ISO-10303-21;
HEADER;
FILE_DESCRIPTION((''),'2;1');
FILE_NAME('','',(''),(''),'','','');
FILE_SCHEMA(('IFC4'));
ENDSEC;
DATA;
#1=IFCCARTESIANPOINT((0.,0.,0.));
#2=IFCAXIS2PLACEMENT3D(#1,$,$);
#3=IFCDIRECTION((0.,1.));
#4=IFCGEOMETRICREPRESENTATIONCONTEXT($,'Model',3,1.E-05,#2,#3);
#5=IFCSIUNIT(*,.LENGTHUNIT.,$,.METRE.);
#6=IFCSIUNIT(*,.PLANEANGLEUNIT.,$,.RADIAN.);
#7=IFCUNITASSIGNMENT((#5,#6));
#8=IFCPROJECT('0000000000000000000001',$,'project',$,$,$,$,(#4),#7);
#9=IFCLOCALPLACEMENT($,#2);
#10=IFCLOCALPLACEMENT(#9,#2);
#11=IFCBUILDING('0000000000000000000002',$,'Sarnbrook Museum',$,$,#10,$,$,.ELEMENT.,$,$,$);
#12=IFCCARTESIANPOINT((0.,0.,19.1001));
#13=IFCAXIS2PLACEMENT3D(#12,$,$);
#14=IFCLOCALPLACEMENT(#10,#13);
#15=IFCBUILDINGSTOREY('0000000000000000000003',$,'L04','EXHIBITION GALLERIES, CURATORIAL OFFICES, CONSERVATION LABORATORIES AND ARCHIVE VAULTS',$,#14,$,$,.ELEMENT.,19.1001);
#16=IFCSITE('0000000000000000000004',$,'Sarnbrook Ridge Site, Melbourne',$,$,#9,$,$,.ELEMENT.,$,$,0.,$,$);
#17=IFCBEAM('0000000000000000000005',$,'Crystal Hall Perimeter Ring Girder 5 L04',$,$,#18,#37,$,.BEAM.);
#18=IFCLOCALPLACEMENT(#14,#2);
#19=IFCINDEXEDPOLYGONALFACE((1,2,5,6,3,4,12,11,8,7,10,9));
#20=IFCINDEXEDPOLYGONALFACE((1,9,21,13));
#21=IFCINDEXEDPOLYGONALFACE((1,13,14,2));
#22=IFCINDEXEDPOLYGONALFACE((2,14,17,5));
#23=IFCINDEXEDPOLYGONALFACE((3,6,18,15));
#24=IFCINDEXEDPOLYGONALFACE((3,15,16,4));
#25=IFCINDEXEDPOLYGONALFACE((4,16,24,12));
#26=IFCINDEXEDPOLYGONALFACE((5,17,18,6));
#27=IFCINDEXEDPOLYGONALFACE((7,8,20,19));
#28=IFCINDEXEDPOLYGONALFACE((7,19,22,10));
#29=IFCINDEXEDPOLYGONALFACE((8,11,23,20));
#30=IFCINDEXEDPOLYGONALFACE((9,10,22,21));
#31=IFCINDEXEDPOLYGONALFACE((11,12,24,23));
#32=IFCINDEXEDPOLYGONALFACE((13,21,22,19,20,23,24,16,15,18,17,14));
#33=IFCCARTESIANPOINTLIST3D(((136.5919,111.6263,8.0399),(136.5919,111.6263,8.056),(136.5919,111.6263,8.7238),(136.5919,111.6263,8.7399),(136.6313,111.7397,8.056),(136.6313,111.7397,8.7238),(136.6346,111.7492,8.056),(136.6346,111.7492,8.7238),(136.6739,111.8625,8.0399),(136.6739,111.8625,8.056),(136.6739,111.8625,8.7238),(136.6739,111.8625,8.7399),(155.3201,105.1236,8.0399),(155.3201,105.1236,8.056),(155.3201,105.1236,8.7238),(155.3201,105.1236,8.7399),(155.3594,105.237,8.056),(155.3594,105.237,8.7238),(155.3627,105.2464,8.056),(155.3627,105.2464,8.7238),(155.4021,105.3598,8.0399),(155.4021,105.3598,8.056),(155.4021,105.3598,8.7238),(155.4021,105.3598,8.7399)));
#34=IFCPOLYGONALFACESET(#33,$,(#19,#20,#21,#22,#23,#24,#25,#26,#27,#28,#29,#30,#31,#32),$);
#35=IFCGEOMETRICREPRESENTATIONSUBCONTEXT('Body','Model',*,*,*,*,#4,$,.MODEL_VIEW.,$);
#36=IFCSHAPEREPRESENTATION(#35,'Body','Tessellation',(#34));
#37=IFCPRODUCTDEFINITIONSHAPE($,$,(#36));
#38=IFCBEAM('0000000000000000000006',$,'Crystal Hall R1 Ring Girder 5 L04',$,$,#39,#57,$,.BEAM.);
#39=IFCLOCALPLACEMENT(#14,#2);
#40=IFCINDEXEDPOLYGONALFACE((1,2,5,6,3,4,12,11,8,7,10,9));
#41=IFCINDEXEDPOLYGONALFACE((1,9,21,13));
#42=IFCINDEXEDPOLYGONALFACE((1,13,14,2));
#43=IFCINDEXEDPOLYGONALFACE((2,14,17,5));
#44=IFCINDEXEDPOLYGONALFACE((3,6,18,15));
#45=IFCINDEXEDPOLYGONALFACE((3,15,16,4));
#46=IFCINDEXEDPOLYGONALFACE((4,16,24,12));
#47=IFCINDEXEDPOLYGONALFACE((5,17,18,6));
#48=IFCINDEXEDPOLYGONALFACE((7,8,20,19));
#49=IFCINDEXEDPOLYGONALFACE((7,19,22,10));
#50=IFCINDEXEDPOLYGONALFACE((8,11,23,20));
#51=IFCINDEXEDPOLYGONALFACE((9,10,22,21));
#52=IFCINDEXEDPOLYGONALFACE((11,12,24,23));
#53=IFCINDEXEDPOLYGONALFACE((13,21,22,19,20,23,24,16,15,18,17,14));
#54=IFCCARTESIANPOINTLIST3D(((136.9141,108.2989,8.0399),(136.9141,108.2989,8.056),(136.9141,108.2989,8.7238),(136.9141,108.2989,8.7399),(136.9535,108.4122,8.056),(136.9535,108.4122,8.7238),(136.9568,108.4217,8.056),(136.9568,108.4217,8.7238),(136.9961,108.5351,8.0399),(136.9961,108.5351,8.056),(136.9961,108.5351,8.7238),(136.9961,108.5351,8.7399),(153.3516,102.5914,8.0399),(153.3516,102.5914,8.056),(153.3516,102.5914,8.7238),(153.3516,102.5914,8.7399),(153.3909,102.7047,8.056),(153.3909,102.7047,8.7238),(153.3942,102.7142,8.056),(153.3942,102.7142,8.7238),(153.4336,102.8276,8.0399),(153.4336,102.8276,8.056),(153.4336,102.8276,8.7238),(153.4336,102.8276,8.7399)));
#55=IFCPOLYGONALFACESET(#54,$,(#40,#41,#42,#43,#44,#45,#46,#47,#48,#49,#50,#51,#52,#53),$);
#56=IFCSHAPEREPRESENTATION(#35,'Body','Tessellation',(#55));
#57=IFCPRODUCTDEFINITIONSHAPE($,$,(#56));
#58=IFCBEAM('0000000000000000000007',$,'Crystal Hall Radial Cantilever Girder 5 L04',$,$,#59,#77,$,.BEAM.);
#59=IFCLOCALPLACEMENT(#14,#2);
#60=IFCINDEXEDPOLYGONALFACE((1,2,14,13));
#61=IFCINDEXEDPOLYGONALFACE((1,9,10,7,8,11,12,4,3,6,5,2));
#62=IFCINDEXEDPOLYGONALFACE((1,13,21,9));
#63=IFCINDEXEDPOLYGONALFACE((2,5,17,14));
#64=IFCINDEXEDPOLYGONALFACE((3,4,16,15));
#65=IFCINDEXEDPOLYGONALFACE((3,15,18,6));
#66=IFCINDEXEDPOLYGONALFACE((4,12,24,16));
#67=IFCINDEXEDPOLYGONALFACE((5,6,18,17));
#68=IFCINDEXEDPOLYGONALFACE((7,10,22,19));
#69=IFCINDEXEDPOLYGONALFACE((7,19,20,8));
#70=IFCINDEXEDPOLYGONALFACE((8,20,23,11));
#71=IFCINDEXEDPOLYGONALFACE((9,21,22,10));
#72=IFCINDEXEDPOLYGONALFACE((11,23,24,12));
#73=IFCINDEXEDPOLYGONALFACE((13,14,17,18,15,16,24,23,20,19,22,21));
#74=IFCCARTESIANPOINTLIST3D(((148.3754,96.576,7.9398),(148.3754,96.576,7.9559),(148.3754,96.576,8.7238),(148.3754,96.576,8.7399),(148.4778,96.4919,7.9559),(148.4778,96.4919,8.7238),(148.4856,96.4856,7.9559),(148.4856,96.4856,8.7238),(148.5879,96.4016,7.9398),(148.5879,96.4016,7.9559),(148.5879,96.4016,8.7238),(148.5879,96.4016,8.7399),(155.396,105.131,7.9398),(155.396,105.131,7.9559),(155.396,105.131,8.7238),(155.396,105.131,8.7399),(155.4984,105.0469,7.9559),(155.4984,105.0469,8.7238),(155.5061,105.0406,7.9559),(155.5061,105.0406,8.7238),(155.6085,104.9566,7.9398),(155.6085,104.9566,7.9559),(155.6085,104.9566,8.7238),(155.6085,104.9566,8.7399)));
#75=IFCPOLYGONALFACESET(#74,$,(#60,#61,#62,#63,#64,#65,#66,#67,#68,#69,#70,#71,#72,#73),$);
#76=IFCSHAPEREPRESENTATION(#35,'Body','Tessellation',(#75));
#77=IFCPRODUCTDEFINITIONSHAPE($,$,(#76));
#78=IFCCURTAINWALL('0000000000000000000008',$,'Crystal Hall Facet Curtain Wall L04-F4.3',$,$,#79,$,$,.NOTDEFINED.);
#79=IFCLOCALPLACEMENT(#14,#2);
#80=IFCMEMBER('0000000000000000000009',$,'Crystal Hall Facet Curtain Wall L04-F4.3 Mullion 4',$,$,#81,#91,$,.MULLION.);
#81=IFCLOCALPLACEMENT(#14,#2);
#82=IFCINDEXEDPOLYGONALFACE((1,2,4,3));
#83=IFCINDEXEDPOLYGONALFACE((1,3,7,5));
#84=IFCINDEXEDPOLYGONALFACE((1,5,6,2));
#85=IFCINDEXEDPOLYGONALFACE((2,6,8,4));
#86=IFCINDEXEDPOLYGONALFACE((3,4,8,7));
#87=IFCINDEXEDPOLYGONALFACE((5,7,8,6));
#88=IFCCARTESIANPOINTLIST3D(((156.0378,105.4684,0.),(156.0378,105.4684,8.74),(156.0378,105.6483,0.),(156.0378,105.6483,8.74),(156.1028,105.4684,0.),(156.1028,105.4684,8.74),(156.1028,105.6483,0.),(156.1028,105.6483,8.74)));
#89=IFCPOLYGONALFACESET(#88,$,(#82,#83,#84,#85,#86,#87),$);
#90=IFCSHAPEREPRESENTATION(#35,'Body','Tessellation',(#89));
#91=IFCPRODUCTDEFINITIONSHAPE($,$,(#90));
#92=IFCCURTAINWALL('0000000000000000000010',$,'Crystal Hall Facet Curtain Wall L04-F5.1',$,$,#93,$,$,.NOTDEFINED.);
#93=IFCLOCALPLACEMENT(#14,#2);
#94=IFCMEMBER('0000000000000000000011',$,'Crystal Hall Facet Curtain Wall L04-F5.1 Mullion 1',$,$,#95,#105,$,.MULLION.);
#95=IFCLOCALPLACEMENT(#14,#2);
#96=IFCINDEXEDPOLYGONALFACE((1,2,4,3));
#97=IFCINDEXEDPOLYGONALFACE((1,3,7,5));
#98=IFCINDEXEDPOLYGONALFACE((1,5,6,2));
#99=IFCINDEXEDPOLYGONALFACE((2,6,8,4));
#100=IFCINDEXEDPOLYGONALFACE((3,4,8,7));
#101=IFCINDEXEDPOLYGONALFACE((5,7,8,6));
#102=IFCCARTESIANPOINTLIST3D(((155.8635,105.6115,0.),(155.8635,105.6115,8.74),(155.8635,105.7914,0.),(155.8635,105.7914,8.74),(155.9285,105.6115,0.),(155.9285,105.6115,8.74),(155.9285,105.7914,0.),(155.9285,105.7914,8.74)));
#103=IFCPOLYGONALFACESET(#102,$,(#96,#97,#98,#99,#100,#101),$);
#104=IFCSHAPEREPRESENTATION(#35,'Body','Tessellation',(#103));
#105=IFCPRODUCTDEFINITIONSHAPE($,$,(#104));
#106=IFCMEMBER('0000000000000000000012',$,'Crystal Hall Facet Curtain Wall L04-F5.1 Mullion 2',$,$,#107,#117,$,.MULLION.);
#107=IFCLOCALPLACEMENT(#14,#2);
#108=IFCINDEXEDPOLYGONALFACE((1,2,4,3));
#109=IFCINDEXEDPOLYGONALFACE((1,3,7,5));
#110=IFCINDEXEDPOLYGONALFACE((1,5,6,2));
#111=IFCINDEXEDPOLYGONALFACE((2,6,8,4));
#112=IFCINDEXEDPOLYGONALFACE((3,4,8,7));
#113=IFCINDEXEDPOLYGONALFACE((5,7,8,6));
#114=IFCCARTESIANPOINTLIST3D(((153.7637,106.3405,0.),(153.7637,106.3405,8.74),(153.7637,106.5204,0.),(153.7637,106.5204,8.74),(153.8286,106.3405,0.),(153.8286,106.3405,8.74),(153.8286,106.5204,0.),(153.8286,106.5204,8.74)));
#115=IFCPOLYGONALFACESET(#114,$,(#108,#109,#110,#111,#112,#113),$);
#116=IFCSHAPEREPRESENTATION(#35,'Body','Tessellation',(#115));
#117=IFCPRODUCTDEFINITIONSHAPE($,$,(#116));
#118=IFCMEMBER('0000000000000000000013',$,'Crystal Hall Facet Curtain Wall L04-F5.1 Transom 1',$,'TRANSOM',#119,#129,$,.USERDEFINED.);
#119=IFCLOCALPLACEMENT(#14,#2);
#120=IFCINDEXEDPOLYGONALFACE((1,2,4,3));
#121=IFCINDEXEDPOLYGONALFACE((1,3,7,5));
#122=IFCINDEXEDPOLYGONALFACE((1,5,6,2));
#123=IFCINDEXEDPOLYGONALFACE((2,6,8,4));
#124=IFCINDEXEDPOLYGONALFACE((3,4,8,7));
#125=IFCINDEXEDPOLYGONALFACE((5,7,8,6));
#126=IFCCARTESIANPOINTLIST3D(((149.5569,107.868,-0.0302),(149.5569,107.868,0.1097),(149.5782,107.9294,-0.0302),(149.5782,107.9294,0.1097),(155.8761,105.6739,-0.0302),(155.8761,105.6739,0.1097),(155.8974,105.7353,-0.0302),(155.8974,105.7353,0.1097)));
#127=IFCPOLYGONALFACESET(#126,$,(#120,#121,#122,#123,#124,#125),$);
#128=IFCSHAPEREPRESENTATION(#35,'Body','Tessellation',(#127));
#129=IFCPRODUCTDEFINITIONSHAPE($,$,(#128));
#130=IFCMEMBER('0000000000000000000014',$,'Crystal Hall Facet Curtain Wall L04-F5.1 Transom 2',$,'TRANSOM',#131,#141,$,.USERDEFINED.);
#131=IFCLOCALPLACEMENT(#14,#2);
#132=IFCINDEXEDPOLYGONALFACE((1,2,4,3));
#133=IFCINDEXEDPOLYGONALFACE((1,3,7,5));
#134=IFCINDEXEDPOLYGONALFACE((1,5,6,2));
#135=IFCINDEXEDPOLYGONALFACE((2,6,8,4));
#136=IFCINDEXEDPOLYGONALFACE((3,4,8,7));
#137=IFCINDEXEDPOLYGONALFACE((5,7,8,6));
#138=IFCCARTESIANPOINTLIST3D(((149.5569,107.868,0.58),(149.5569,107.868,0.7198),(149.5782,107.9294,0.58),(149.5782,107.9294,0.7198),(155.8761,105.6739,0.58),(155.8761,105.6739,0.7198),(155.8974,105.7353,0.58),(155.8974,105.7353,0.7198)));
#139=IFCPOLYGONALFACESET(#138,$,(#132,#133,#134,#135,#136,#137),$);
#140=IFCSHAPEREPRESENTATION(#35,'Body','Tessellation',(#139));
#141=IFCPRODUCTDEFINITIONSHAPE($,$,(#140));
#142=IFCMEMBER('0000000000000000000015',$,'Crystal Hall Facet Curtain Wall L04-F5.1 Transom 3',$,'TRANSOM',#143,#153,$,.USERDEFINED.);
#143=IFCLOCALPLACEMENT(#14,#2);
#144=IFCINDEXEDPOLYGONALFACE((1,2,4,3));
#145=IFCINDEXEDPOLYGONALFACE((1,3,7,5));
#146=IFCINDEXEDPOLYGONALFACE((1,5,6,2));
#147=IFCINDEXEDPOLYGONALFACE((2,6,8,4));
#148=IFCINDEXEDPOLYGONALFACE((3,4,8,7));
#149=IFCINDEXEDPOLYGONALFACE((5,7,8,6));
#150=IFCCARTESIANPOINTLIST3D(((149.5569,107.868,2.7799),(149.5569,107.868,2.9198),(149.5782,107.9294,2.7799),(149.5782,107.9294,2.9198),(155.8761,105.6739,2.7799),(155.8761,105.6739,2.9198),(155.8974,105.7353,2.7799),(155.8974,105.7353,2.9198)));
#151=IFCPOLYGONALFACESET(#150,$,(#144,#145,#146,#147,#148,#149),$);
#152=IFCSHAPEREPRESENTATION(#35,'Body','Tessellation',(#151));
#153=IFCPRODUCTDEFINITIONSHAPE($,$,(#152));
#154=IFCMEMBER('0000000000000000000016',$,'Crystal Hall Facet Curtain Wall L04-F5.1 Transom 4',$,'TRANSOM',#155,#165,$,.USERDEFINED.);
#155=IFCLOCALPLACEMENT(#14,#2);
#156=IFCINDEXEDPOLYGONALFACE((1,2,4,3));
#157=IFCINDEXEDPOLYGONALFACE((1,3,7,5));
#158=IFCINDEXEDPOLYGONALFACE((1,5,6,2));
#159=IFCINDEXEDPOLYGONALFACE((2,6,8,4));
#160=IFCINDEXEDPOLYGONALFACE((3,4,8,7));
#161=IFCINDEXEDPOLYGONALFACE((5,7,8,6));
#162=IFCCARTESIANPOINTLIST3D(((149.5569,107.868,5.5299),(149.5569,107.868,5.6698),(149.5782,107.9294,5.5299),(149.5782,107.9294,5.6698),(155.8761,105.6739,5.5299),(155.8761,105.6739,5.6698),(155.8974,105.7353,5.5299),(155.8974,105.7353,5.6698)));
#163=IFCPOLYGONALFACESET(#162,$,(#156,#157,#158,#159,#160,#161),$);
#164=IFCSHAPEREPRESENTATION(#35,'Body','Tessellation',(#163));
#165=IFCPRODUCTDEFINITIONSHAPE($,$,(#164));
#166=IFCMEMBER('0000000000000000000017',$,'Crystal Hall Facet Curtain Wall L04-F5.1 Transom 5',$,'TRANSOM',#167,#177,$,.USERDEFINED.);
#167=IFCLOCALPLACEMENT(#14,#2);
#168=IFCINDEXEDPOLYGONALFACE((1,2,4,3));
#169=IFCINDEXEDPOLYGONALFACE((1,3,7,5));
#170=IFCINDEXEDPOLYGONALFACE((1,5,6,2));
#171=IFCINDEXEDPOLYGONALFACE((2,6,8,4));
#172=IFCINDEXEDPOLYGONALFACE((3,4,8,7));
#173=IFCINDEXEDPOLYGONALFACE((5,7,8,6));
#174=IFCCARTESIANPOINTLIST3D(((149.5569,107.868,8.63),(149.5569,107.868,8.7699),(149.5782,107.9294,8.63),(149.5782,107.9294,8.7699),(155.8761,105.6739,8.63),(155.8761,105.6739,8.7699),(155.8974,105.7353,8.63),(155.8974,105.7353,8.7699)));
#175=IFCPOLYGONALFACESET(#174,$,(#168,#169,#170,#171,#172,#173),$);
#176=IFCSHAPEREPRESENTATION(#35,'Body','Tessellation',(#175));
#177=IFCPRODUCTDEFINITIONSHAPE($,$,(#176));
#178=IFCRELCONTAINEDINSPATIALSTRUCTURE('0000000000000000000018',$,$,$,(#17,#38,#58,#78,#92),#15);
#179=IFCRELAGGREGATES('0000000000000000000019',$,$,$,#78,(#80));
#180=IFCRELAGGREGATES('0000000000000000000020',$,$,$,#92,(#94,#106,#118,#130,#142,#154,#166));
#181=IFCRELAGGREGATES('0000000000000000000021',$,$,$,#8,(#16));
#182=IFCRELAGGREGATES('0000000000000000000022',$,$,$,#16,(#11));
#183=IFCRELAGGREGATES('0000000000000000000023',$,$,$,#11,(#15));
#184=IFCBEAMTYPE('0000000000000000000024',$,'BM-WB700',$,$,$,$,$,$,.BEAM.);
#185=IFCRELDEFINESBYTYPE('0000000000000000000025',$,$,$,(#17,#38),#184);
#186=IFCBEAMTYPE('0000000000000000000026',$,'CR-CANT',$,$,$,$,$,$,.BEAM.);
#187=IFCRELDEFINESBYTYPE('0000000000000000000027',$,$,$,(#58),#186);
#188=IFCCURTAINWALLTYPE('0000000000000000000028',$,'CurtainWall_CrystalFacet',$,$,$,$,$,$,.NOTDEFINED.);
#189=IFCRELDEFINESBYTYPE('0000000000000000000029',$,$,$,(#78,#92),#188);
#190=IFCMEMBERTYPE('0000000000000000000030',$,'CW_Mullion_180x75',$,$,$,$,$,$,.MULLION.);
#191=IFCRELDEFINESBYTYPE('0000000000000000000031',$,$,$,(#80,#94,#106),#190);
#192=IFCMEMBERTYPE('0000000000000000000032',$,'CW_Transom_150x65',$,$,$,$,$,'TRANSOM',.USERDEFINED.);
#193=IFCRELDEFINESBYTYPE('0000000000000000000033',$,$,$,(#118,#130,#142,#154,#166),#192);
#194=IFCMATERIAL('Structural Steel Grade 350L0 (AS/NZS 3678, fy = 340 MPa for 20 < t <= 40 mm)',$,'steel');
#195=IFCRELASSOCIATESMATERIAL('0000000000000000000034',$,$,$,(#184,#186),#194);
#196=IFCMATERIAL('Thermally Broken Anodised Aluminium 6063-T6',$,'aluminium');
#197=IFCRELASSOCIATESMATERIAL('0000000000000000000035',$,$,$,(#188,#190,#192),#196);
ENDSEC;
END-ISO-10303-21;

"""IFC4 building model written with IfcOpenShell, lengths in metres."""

from ifc_helpers import new_model, si_unit, direction, frame, origin, origin_2d, place, context, subcontext, project, spatial, rectangle, i_section, extrude, material, material_profile, profile_set, type_object, element, aggregate, save


model = new_model("IFC4")

# Units and contexts
model_context = context("Model", 3, precision=1e-05, world=origin(), true_north=direction((0.0, 1.0)))
body_context = subcontext(model_context, "Body", "Model", "MODEL_VIEW")
ifc_project = project(units=[si_unit("LENGTHUNIT", "METRE"), si_unit("PLANEANGLEUNIT", "RADIAN")], contexts=[model_context])

# Site, building, storey
site_placement = place(None, origin())
site = spatial("IfcSite", under=ifc_project, at=site_placement, Name="Sarnbrook Ridge Site, Melbourne", CompositionType="ELEMENT", RefElevation=0.0)
building_placement = place(site_placement, origin())
building = spatial("IfcBuilding", under=site, at=building_placement, Name="Sarnbrook Museum", CompositionType="ELEMENT")
storey_placement = place(building_placement, frame((0.0, 0.0, 19.1001)))
storey = spatial("IfcBuildingStorey", under=building, at=storey_placement, Name="L04", Description="EXHIBITION GALLERIES, CURATORIAL OFFICES, CONSERVATION LABORATORIES AND ARCHIVE VAULTS", CompositionType="ELEMENT", Elevation=19.1001)

# Shared definitions
ifc_material_1 = material(Name="Structural Steel Grade 350L0 (AS/NZS 3678, fy = 340 MPa for 20 < t <= 40 mm)", Category="steel")

# Beams
ifc_material_profile_1 = material_profile(ifc_material_1, i_section(OverallWidth=0.25, OverallDepth=0.7, WebThickness=0.01, FlangeThickness=0.0161, at=origin_2d()), Name="700WB130")
ifc_profile_set_1 = profile_set([ifc_material_profile_1], Name="Structural Steel Grade 350L0 (AS/NZS 3678, fy = 340 MPa for 20 < t <= 40 mm)")
beam_type_1 = type_object("IfcBeamType", Name="BM-WB700", PredefinedType="BEAM", material=ifc_profile_set_1)
beam_1_placement = place(storey_placement, frame((155.3611, 105.2417, 8.3899), z_axis=(-0.944675, 0.328007, 0.0), x_axis=(-0.328007, -0.944675, 0.0)))
element("IfcBeam", 1, at=beam_1_placement, inside=storey, type_object=beam_type_1, Name="Crystal Hall Perimeter Ring Girder 5 L04", PredefinedType="BEAM", context=body_context, shape_type="SweptSolid", body=[
    extrude(i_section(OverallWidth=0.25, OverallDepth=0.7, WebThickness=0.01, FlangeThickness=0.0161, at=origin_2d()), origin(), (0.0, 0.0, 1.0), 19.825),
])
beam_2_placement = place(storey_placement, frame((153.3926, 102.7095, 8.3899), z_axis=(-0.944673, 0.328014, 0.0), x_axis=(-0.328014, -0.944673, 0.0)))
element("IfcBeam", 2, at=beam_2_placement, inside=storey, type_object=beam_type_1, Name="Crystal Hall R1 Ring Girder 5 L04", PredefinedType="BEAM", context=body_context, shape_type="SweptSolid", body=[
    extrude(i_section(OverallWidth=0.25, OverallDepth=0.7, WebThickness=0.01, FlangeThickness=0.0161, at=origin_2d()), origin(), (0.0, 0.0, 1.0), 17.4001),
])
ifc_material_profile_2 = material_profile(ifc_material_1, i_section(OverallWidth=0.2749, OverallDepth=0.8, WebThickness=0.01, FlangeThickness=0.0161, at=origin_2d()), Name="800WB146")
ifc_profile_set_2 = profile_set([ifc_material_profile_2], Name="Structural Steel Grade 350L0 (AS/NZS 3678, fy = 340 MPa for 20 < t <= 40 mm)")
beam_type_2 = type_object("IfcBeamType", Name="CR-CANT", PredefinedType="BEAM", material=ifc_profile_set_2)
beam_3_placement = place(storey_placement, frame((148.4817, 96.4888, 8.3398), z_axis=(0.634375, 0.773026, 0.0), x_axis=(-0.773026, 0.634375, 0.0)))
element("IfcBeam", 3, at=beam_3_placement, inside=storey, type_object=beam_type_2, Name="Crystal Hall Radial Cantilever Girder 5 L04", PredefinedType="BEAM", context=body_context, shape_type="SweptSolid", body=[
    extrude(i_section(OverallWidth=0.2749, OverallDepth=0.8, WebThickness=0.01, FlangeThickness=0.0161, at=origin_2d()), origin(), (0.0, 0.0, 1.0), 11.0669),
])

# Curtain wall, member
ifc_material_2 = material(Name="Thermally Broken Anodised Aluminium 6063-T6", Category="aluminium")
curtain_wall_type = type_object("IfcCurtainWallType", Name="CurtainWall_CrystalFacet", PredefinedType="NOTDEFINED", material=ifc_material_2)
curtain_wall_1_placement = place(storey_placement, origin())
curtain_wall_1 = element("IfcCurtainWall", 4, at=curtain_wall_1_placement, inside=storey, type_object=curtain_wall_type, Name="Crystal Hall Facet Curtain Wall L04-F4.3", PredefinedType="NOTDEFINED")
ifc_material_profile_3 = material_profile(ifc_material_2, rectangle(XDim=0.0649, YDim=0.1799, at=origin_2d()), Name="ALU MULLION 65x180")
ifc_profile_set_3 = profile_set([ifc_material_profile_3], Name="Thermally Broken Anodised Aluminium 6063-T6")
member_type_1 = type_object("IfcMemberType", Name="CW_Mullion_180x75", PredefinedType="MULLION", material=ifc_profile_set_3)
member_1_placement = place(storey_placement, frame((156.0703, 105.5583, 0.0), z_axis=(0.0, 0.0, 1.0), x_axis=(1.0, 0.0, 0.0)))
member_1 = element("IfcMember", 5, at=member_1_placement, type_object=member_type_1, Name="Crystal Hall Facet Curtain Wall L04-F4.3 Mullion 4", PredefinedType="MULLION", context=body_context, shape_type="SweptSolid", body=[
    extrude(rectangle(XDim=0.0649, YDim=0.1799, at=origin_2d()), origin(), (0.0, 0.0, 1.0), 8.74),
])
aggregate(curtain_wall_1, [member_1])

# Curtain wall, members
curtain_wall_2_placement = place(storey_placement, origin())
curtain_wall_2 = element("IfcCurtainWall", 6, at=curtain_wall_2_placement, inside=storey, type_object=curtain_wall_type, Name="Crystal Hall Facet Curtain Wall L04-F5.1", PredefinedType="NOTDEFINED")
member_2_placement = place(storey_placement, frame((155.896, 105.7014, 0.0), z_axis=(0.0, 0.0, 1.0), x_axis=(1.0, 0.0, 0.0)))
member_2 = element("IfcMember", 7, at=member_2_placement, type_object=member_type_1, Name="Crystal Hall Facet Curtain Wall L04-F5.1 Mullion 1", PredefinedType="MULLION", context=body_context, shape_type="SweptSolid", body=[
    extrude(rectangle(XDim=0.0649, YDim=0.1799, at=origin_2d()), origin(), (0.0, 0.0, 1.0), 8.74),
])
member_3_placement = place(storey_placement, frame((153.7961, 106.4304, 0.0), z_axis=(0.0, 0.0, 1.0), x_axis=(1.0, 0.0, 0.0)))
member_3 = element("IfcMember", 8, at=member_3_placement, type_object=member_type_1, Name="Crystal Hall Facet Curtain Wall L04-F5.1 Mullion 2", PredefinedType="MULLION", context=body_context, shape_type="SweptSolid", body=[
    extrude(rectangle(XDim=0.0649, YDim=0.1799, at=origin_2d()), origin(), (0.0, 0.0, 1.0), 8.74),
])
ifc_material_profile_4 = material_profile(ifc_material_2, rectangle(XDim=0.0649, YDim=0.1399, at=origin_2d()), Name="ALU TRANSOM 65x140")
ifc_profile_set_4 = profile_set([ifc_material_profile_4], Name="Thermally Broken Anodised Aluminium 6063-T6")
member_type_2 = type_object("IfcMemberType", Name="CW_Transom_150x65", ElementType="TRANSOM", PredefinedType="USERDEFINED", material=ifc_profile_set_4)
member_4_placement = place(storey_placement, frame((155.8867, 105.7046, 0.0398), z_axis=(-0.944675, 0.328007, 0.0), x_axis=(-0.328007, -0.944675, 0.0)))
member_4 = element("IfcMember", 9, at=member_4_placement, type_object=member_type_2, Name="Crystal Hall Facet Curtain Wall L04-F5.1 Transom 1", ObjectType="TRANSOM", PredefinedType="USERDEFINED", context=body_context, shape_type="SweptSolid", body=[
    extrude(rectangle(XDim=0.0649, YDim=0.1399, at=origin_2d()), origin(), (0.0, 0.0, 1.0), 6.6892),
])
member_5_placement = place(storey_placement, frame((155.8867, 105.7046, 0.6499), z_axis=(-0.944675, 0.328007, 0.0), x_axis=(-0.328007, -0.944675, 0.0)))
member_5 = element("IfcMember", 10, at=member_5_placement, type_object=member_type_2, Name="Crystal Hall Facet Curtain Wall L04-F5.1 Transom 2", ObjectType="TRANSOM", PredefinedType="USERDEFINED", context=body_context, shape_type="SweptSolid", body=[
    extrude(rectangle(XDim=0.0649, YDim=0.1399, at=origin_2d()), origin(), (0.0, 0.0, 1.0), 6.6892),
])
member_6_placement = place(storey_placement, frame((155.8867, 105.7046, 2.8499), z_axis=(-0.944675, 0.328007, 0.0), x_axis=(-0.328007, -0.944675, 0.0)))
member_6 = element("IfcMember", 11, at=member_6_placement, type_object=member_type_2, Name="Crystal Hall Facet Curtain Wall L04-F5.1 Transom 3", ObjectType="TRANSOM", PredefinedType="USERDEFINED", context=body_context, shape_type="SweptSolid", body=[
    extrude(rectangle(XDim=0.0649, YDim=0.1399, at=origin_2d()), origin(), (0.0, 0.0, 1.0), 6.6892),
])
member_7_placement = place(storey_placement, frame((155.8867, 105.7046, 5.5999), z_axis=(-0.944675, 0.328007, 0.0), x_axis=(-0.328007, -0.944675, 0.0)))
member_7 = element("IfcMember", 12, at=member_7_placement, type_object=member_type_2, Name="Crystal Hall Facet Curtain Wall L04-F5.1 Transom 4", ObjectType="TRANSOM", PredefinedType="USERDEFINED", context=body_context, shape_type="SweptSolid", body=[
    extrude(rectangle(XDim=0.0649, YDim=0.1399, at=origin_2d()), origin(), (0.0, 0.0, 1.0), 6.6892),
])
member_8_placement = place(storey_placement, frame((155.8867, 105.7046, 8.7), z_axis=(-0.944675, 0.328007, 0.0), x_axis=(-0.328007, -0.944675, 0.0)))
member_8 = element("IfcMember", 13, at=member_8_placement, type_object=member_type_2, Name="Crystal Hall Facet Curtain Wall L04-F5.1 Transom 5", ObjectType="TRANSOM", PredefinedType="USERDEFINED", context=body_context, shape_type="SweptSolid", body=[
    extrude(rectangle(XDim=0.0649, YDim=0.1399, at=origin_2d()), origin(), (0.0, 0.0, 1.0), 6.6892),
])

aggregate(curtain_wall_2, [member_2, member_3, member_4, member_5, member_6, member_7, member_8])

save(model, "model.ifc")
